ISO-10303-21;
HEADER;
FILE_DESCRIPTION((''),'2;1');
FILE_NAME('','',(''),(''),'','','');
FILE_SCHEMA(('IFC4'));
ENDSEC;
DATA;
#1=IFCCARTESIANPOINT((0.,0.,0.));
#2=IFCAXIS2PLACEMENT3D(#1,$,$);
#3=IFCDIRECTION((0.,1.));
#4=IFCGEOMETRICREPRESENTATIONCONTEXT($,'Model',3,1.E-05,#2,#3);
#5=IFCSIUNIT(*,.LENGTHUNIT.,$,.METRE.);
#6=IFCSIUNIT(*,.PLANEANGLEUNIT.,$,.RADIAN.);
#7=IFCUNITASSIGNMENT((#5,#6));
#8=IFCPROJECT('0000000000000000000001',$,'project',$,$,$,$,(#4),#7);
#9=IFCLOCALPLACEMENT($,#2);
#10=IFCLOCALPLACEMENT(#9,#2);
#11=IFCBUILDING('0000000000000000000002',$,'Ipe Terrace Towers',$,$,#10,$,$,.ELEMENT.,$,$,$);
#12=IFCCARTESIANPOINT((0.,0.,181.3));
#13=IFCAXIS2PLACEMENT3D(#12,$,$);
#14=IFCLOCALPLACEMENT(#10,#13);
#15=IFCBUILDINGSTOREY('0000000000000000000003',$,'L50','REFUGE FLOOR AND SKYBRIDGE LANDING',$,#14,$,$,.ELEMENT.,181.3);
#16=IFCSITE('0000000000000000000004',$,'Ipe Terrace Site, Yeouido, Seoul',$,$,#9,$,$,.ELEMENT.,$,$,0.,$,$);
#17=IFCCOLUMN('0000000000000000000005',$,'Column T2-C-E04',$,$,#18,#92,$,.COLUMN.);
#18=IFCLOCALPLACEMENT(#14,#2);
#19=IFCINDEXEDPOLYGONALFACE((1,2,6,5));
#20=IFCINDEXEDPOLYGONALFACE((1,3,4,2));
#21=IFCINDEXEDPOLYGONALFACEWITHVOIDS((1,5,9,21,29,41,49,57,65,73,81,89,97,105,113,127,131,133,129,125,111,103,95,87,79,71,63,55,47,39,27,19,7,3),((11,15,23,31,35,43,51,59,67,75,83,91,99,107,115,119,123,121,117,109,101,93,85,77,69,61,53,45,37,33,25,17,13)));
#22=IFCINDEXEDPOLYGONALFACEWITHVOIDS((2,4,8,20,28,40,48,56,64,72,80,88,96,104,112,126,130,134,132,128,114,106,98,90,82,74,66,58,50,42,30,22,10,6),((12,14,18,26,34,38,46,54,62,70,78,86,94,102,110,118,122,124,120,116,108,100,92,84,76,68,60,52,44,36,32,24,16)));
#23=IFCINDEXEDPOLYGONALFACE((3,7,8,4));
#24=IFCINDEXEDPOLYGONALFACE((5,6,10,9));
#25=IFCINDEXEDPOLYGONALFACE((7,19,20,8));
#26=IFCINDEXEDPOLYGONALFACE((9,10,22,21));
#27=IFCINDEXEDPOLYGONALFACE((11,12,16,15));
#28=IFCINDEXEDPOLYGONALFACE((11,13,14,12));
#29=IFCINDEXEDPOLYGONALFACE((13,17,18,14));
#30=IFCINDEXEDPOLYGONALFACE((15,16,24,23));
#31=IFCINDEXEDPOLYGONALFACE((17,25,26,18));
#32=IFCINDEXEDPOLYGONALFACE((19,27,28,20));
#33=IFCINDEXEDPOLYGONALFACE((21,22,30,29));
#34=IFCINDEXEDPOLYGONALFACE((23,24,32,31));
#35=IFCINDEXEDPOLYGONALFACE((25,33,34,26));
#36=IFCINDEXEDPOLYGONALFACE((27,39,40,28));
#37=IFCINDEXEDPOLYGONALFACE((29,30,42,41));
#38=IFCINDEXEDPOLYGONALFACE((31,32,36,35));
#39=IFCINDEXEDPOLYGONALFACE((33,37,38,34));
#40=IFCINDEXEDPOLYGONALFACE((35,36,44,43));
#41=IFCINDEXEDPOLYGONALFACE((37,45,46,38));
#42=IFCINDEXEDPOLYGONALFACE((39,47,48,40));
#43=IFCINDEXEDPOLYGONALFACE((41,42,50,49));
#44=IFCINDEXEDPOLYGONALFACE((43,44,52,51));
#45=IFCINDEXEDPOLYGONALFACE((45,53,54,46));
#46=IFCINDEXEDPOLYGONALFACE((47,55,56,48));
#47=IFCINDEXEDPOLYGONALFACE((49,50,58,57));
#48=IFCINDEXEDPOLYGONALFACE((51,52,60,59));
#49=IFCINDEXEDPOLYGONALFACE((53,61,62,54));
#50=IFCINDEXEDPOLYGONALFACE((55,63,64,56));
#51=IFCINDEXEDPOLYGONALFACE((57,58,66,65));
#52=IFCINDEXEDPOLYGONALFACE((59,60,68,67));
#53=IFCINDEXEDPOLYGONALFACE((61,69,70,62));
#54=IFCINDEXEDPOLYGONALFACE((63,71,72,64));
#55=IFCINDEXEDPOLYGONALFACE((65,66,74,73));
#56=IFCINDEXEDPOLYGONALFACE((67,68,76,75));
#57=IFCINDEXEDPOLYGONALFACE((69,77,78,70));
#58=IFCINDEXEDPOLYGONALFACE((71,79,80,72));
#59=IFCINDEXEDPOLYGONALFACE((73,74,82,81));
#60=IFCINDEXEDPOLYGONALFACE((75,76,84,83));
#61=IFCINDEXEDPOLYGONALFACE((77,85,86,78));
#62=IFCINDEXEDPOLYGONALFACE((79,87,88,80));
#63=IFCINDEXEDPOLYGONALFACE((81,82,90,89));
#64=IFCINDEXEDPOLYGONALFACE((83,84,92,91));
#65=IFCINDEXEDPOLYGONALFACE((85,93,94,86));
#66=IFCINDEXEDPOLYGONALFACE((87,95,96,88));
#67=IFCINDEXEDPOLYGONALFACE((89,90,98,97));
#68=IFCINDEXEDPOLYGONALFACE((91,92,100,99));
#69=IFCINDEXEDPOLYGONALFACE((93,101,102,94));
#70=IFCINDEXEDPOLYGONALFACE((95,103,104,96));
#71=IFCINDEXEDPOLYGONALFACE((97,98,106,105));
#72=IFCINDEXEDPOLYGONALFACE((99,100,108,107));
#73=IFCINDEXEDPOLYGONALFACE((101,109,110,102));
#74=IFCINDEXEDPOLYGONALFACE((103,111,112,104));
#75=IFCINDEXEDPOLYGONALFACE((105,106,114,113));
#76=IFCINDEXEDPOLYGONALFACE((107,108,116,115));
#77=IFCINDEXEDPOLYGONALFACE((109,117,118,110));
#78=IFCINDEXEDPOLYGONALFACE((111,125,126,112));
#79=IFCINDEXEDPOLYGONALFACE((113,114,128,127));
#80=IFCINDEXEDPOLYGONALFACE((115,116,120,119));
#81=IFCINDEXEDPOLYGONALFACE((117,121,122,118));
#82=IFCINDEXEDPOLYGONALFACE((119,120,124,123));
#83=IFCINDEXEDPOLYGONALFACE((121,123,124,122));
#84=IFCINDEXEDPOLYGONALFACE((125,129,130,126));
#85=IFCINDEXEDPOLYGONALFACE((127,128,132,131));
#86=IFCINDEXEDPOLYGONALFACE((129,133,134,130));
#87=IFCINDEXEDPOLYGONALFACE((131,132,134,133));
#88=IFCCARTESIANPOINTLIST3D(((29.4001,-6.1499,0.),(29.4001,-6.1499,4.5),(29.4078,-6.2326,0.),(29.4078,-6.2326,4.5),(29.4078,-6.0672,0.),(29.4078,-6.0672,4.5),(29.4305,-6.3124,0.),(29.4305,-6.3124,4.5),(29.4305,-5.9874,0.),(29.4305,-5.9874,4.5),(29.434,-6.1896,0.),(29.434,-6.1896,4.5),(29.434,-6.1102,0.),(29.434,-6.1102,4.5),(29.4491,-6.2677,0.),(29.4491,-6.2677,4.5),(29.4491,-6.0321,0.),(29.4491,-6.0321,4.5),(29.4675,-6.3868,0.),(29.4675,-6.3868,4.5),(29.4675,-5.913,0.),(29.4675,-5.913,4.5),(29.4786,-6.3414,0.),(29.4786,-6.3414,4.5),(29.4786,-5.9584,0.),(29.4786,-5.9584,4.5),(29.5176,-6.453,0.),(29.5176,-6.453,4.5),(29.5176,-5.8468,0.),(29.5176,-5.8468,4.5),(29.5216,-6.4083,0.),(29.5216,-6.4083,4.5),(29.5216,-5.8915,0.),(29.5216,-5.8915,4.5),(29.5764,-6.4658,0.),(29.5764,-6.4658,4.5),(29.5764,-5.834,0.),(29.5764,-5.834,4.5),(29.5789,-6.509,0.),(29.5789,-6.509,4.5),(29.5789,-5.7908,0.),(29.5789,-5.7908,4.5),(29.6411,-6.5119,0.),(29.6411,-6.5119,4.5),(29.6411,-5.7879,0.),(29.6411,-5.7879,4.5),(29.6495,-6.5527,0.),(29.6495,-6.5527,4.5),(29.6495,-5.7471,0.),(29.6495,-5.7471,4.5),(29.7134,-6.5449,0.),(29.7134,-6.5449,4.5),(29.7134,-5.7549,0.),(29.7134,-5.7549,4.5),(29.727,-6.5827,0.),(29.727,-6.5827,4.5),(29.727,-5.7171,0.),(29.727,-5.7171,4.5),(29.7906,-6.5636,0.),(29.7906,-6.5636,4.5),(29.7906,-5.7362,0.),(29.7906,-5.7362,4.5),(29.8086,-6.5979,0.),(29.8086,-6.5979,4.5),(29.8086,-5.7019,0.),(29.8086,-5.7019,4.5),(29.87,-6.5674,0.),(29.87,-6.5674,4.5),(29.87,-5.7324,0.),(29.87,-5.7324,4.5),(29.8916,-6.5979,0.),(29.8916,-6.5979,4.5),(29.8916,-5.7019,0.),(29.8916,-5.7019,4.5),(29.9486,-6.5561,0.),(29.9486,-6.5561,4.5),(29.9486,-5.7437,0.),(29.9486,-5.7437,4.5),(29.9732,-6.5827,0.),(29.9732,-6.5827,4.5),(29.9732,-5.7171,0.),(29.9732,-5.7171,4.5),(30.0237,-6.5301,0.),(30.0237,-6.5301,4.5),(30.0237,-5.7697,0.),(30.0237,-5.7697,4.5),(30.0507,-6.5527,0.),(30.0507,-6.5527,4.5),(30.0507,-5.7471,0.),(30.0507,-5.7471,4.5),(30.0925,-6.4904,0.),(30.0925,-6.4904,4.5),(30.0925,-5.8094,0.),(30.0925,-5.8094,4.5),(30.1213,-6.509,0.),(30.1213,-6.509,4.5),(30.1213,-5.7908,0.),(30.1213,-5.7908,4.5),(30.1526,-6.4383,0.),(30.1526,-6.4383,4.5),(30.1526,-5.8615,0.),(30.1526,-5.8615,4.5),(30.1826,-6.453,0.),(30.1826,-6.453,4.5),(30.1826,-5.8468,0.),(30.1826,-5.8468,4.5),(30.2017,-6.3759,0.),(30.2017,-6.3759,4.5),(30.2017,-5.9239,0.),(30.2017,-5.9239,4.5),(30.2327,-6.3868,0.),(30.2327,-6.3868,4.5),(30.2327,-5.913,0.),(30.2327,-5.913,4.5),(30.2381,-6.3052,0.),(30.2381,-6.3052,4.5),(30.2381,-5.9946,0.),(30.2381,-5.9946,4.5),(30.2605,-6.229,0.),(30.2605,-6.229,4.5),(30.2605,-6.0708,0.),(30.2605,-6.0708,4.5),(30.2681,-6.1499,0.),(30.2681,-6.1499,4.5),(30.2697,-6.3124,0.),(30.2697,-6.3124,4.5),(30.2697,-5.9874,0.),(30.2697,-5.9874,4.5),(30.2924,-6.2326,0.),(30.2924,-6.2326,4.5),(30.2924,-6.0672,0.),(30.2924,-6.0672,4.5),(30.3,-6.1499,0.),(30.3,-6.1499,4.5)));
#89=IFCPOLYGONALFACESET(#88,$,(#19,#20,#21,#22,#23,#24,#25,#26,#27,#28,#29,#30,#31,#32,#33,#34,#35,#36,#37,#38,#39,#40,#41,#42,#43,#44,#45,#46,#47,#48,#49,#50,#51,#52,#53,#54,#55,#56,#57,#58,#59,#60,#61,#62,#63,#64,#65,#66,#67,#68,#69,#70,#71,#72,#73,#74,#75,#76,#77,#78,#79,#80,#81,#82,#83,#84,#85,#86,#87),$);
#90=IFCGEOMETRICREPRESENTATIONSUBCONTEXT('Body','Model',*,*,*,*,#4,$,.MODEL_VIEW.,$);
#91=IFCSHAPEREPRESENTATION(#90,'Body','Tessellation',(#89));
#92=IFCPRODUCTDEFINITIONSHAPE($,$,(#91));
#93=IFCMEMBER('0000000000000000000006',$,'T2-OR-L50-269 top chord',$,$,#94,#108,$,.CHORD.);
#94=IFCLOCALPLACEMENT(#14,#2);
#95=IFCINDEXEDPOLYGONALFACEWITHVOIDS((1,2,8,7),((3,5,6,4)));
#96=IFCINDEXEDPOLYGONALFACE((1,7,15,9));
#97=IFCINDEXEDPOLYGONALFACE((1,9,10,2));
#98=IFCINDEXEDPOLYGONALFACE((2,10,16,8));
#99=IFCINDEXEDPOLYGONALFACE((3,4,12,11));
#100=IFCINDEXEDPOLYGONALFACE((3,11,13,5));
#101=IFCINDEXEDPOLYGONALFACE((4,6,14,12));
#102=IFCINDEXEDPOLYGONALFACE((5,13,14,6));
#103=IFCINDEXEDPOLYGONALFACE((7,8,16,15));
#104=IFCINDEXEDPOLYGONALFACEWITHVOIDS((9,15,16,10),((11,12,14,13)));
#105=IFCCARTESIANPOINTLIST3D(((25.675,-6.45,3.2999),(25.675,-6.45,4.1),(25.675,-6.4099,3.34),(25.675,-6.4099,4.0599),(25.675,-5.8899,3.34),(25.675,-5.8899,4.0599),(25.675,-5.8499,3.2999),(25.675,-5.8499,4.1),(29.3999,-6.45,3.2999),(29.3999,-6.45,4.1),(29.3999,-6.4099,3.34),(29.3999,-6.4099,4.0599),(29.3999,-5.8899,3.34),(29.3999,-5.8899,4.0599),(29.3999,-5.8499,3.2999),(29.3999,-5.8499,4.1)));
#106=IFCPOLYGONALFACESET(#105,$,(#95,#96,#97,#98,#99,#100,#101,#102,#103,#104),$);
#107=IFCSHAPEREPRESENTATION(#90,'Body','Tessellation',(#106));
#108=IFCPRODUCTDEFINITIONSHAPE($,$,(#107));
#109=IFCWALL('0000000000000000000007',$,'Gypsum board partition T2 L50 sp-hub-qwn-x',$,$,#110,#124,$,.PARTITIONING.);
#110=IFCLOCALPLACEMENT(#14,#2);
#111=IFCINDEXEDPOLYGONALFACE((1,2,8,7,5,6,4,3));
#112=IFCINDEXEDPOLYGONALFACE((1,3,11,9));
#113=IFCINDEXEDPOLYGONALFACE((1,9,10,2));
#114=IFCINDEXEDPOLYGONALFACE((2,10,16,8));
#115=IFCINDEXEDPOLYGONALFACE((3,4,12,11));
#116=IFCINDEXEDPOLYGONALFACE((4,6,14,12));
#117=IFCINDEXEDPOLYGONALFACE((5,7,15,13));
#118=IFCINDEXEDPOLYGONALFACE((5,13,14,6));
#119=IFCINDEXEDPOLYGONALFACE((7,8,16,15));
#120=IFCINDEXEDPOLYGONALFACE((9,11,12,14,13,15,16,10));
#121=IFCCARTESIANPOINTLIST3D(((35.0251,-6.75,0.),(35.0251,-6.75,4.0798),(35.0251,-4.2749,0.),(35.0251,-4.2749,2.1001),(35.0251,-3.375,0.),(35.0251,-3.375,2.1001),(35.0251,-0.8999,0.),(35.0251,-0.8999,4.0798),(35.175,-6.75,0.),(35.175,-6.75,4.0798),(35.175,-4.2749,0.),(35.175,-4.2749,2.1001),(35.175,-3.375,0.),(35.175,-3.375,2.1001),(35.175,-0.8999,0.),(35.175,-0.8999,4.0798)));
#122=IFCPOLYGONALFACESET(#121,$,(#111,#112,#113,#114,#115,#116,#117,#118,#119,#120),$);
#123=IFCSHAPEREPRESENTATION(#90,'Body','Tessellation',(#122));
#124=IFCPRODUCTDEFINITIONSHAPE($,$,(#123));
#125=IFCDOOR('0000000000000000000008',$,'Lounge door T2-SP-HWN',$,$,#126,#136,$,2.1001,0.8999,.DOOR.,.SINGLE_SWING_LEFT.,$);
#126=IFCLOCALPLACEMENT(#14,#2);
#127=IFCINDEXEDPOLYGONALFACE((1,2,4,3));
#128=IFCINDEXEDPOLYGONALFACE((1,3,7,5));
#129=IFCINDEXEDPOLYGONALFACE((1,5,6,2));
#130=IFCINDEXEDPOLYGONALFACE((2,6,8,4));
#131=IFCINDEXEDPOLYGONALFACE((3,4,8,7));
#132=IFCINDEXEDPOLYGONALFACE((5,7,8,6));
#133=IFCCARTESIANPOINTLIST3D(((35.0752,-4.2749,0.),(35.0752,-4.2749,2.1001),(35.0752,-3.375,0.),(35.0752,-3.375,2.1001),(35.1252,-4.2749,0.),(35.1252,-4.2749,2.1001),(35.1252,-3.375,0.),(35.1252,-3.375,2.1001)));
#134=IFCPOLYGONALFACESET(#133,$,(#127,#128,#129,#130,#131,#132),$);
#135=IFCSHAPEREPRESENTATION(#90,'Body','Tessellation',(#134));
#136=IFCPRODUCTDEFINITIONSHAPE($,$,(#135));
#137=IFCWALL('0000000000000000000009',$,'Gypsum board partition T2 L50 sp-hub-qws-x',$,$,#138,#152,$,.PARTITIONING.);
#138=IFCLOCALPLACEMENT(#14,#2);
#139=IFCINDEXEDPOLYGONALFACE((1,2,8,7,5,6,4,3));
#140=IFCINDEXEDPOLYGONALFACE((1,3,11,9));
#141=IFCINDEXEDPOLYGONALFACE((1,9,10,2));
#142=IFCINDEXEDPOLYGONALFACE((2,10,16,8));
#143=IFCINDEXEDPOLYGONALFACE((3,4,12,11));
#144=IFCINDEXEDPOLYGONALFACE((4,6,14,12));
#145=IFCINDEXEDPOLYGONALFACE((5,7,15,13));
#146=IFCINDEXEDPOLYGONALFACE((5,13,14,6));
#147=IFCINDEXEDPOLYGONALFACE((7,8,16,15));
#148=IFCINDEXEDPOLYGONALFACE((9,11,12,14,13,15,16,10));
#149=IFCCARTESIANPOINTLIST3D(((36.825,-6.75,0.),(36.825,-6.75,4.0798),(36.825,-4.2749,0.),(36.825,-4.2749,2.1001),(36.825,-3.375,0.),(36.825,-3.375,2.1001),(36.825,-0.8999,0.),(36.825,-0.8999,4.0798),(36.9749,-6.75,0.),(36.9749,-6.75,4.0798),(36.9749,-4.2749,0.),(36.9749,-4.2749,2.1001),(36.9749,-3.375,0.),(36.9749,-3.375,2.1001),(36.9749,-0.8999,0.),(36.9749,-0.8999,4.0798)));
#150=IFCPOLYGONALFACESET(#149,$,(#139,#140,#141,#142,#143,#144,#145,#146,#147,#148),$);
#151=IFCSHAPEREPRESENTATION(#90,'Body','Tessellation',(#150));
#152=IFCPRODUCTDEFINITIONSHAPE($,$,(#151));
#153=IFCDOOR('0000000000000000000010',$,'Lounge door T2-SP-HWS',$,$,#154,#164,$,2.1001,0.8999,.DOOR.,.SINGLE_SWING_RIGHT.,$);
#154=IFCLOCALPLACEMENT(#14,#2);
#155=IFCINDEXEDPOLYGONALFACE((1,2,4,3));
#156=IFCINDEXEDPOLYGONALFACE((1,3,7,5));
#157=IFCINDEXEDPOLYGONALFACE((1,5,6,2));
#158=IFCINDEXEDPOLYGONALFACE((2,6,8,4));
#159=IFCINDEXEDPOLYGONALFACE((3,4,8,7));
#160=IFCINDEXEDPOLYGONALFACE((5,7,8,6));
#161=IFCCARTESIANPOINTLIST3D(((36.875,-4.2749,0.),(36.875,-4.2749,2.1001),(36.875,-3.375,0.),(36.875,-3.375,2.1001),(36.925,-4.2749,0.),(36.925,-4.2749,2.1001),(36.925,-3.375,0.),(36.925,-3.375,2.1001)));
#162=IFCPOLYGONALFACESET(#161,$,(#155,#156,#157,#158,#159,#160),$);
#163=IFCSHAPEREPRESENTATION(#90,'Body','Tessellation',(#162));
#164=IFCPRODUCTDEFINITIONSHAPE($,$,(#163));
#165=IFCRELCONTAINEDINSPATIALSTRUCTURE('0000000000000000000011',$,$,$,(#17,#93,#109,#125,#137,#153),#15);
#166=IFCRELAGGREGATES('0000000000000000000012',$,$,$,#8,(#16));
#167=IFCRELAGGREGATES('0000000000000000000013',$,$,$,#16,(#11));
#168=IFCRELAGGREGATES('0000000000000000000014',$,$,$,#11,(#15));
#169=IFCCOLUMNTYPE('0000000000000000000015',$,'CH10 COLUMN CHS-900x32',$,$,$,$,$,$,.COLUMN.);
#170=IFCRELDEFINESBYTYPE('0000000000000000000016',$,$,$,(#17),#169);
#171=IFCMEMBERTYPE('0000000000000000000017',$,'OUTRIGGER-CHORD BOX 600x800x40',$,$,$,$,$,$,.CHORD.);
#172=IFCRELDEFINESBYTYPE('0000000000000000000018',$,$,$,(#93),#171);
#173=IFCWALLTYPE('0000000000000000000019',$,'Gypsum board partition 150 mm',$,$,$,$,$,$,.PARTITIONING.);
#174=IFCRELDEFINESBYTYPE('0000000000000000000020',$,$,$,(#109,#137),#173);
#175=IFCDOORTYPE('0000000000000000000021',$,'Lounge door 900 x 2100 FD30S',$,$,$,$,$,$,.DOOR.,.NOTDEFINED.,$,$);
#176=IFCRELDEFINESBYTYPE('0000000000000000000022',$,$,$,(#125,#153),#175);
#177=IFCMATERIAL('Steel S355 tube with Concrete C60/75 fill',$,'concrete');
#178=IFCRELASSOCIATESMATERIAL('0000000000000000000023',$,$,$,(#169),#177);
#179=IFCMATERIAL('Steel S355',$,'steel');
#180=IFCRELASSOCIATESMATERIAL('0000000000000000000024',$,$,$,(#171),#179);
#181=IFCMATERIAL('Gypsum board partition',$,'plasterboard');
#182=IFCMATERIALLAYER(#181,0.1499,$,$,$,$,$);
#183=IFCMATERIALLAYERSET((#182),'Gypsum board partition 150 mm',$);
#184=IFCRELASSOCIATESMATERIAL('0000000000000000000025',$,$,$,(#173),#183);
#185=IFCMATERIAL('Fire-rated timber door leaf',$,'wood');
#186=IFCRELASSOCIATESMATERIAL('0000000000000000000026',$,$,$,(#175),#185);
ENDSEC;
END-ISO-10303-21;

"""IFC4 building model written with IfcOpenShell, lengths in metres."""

from ifc_helpers import new_model, si_unit, direction, frame, frame_2d, origin, origin_2d, place, context, subcontext, project, spatial, rectangle, hollow_rectangle, hollow_circle, extrude, material, layer, layer_set, material_profile, profile_set, type_object, element, fill, save


model = new_model("IFC4")

# Units and contexts
model_context = context("Model", 3, precision=1e-05, world=origin(), true_north=direction((0.0, 1.0)))
body_context = subcontext(model_context, "Body", "Model", "MODEL_VIEW")
ifc_project = project(units=[si_unit("LENGTHUNIT", "METRE"), si_unit("PLANEANGLEUNIT", "RADIAN")], contexts=[model_context])

# Site, building, storey
site_placement = place(None, origin())
site = spatial("IfcSite", under=ifc_project, at=site_placement, Name="Ipe Terrace Site, Yeouido, Seoul", CompositionType="ELEMENT", RefElevation=0.0)
building_placement = place(site_placement, origin())
building = spatial("IfcBuilding", under=site, at=building_placement, Name="Ipe Terrace Towers", CompositionType="ELEMENT")
storey_placement = place(building_placement, frame((0.0, 0.0, 181.3)))
storey = spatial("IfcBuildingStorey", under=building, at=storey_placement, Name="L50", Description="REFUGE FLOOR AND SKYBRIDGE LANDING", CompositionType="ELEMENT", Elevation=181.3)

# Column
ifc_material_1 = material(Name="Steel S355 tube with Concrete C60/75 fill", Category="concrete")
ifc_material_profile_1 = material_profile(ifc_material_1, hollow_circle(Radius=0.45, WallThickness=0.032, at=origin_2d()), Name="CHS-900x32")
ifc_profile_set_1 = profile_set([ifc_material_profile_1], Name="Steel S355 tube with Concrete C60/75 fill")
column_type = type_object("IfcColumnType", Name="CH10 COLUMN CHS-900x32", PredefinedType="COLUMN", material=ifc_profile_set_1)
column_placement = place(storey_placement, frame((29.8501, -6.1499, 0.0), z_axis=(0.0, 0.0, 1.0), x_axis=(1.0, 0.0, 0.0)))
element("IfcColumn", 1, at=column_placement, inside=storey, type_object=column_type, Name="Column T2-C-E04", PredefinedType="COLUMN", context=body_context, shape_type="SweptSolid", body=[
    extrude(hollow_circle(Radius=0.45, WallThickness=0.032, at=origin_2d()), origin(), (0.0, 0.0, 1.0), 4.5),
])

# Member
ifc_material_2 = material(Name="Steel S355", Category="steel")
ifc_material_profile_2 = material_profile(ifc_material_2, hollow_rectangle(XDim=0.6001, YDim=0.8, WallThickness=0.04, at=origin_2d()), Name="OUTRIGGER-CHORD BOX 600x800x40")
ifc_profile_set_2 = profile_set([ifc_material_profile_2], Name="Steel S355")
member_type = type_object("IfcMemberType", Name="OUTRIGGER-CHORD BOX 600x800x40", PredefinedType="CHORD", material=ifc_profile_set_2)
member_placement = place(storey_placement, frame((29.3999, -6.1499, 3.7), z_axis=(-1.0, 0.0, 0.0), x_axis=(0.0, -1.0, 0.0)))
element("IfcMember", 2, at=member_placement, inside=storey, type_object=member_type, Name="T2-OR-L50-269 top chord", PredefinedType="CHORD", context=body_context, shape_type="SweptSolid", body=[
    extrude(hollow_rectangle(XDim=0.6001, YDim=0.8, WallThickness=0.04, at=origin_2d()), origin(), (0.0, 0.0, 1.0), 3.7249),
])

# Walls, openings, doors
ifc_material_3 = material(Name="Gypsum board partition", Category="plasterboard")
ifc_layer_1 = layer(ifc_material_3, 0.1499)
ifc_layer_set_1 = layer_set([ifc_layer_1], Name="Gypsum board partition 150 mm")
wall_type_1 = type_object("IfcWallType", Name="Gypsum board partition 150 mm", PredefinedType="PARTITIONING", material=ifc_layer_set_1)
wall_1_placement = place(storey_placement, frame((35.1001, -6.75, 0.0), z_axis=(0.0, 0.0, 1.0), x_axis=(0.0, 1.0, 0.0)))
wall_1 = element("IfcWall", 3, at=wall_1_placement, inside=storey, type_object=wall_type_1, Name="Gypsum board partition T2 L50 sp-hub-qwn-x", PredefinedType="PARTITIONING", context=body_context, shape_type="SweptSolid", body=[
    extrude(rectangle(XDim=5.8501, YDim=0.1499, at=frame_2d((2.925, 0.0))), origin(), (0.0, 0.0, 1.0), 4.0798),
])
opening_1_placement = place(wall_1_placement, frame((2.4751, 0.0, 0.0)))
opening_1 = element("IfcOpeningElement", 4, at=opening_1_placement, cuts=wall_1, PredefinedType="OPENING", context=body_context, shape_type="SweptSolid", body=[
    extrude(rectangle(XDim=0.8999, YDim=2.1001, at=frame_2d((0.45, 1.05))), frame((0.0, 0.085, 0.0), z_axis=(0.0, -1.0, 0.0), x_axis=(1.0, 0.0, 0.0)), (0.0, 0.0, 1.0), 0.1699),
])
ifc_material_4 = material(Name="Fire-rated timber door leaf", Category="wood")
door_type_1 = type_object("IfcDoorType", Name="Lounge door 900 x 2100 FD30S", OperationType="NOTDEFINED", PredefinedType="DOOR", material=ifc_material_4)
door_1_placement = place(opening_1_placement, origin())
door_1 = element("IfcDoor", 5, at=door_1_placement, inside=storey, type_object=door_type_1, Name="Lounge door T2-SP-HWN", OperationType="SINGLE_SWING_LEFT", OverallHeight=2.1001, OverallWidth=0.8999, PredefinedType="DOOR", context=body_context, shape_type="SweptSolid", body=[
    extrude(rectangle(XDim=0.8999, YDim=2.1001, at=frame_2d((0.45, 1.05))), frame((0.0, 0.0249, 0.0), z_axis=(0.0, -1.0, 0.0), x_axis=(1.0, 0.0, 0.0)), (0.0, 0.0, 1.0), 0.05),
])
fill(opening_1, door_1)
wall_2_placement = place(storey_placement, frame((36.8999, -6.75, 0.0), z_axis=(0.0, 0.0, 1.0), x_axis=(0.0, 1.0, 0.0)))
wall_2 = element("IfcWall", 6, at=wall_2_placement, inside=storey, type_object=wall_type_1, Name="Gypsum board partition T2 L50 sp-hub-qws-x", PredefinedType="PARTITIONING", context=body_context, shape_type="SweptSolid", body=[
    extrude(rectangle(XDim=5.8501, YDim=0.1499, at=frame_2d((2.925, 0.0))), origin(), (0.0, 0.0, 1.0), 4.0798),
])
opening_2_placement = place(wall_2_placement, frame((2.4751, 0.0, 0.0)))
opening_2 = element("IfcOpeningElement", 7, at=opening_2_placement, cuts=wall_2, PredefinedType="OPENING", context=body_context, shape_type="SweptSolid", body=[
    extrude(rectangle(XDim=0.8999, YDim=2.1001, at=frame_2d((0.45, 1.05))), frame((0.0, 0.085, 0.0), z_axis=(0.0, -1.0, 0.0), x_axis=(1.0, 0.0, 0.0)), (0.0, 0.0, 1.0), 0.1699),
])
door_2_placement = place(opening_2_placement, origin())
door_2 = element("IfcDoor", 8, at=door_2_placement, inside=storey, type_object=door_type_1, Name="Lounge door T2-SP-HWS", OperationType="SINGLE_SWING_RIGHT", OverallHeight=2.1001, OverallWidth=0.8999, PredefinedType="DOOR", context=body_context, shape_type="SweptSolid", body=[
    extrude(rectangle(XDim=0.8999, YDim=2.1001, at=frame_2d((0.45, 1.05))), frame((0.0, 0.0249, 0.0), z_axis=(0.0, -1.0, 0.0), x_axis=(1.0, 0.0, 0.0)), (0.0, 0.0, 1.0), 0.05),
])
fill(opening_2, door_2)

save(model, "model.ifc")
